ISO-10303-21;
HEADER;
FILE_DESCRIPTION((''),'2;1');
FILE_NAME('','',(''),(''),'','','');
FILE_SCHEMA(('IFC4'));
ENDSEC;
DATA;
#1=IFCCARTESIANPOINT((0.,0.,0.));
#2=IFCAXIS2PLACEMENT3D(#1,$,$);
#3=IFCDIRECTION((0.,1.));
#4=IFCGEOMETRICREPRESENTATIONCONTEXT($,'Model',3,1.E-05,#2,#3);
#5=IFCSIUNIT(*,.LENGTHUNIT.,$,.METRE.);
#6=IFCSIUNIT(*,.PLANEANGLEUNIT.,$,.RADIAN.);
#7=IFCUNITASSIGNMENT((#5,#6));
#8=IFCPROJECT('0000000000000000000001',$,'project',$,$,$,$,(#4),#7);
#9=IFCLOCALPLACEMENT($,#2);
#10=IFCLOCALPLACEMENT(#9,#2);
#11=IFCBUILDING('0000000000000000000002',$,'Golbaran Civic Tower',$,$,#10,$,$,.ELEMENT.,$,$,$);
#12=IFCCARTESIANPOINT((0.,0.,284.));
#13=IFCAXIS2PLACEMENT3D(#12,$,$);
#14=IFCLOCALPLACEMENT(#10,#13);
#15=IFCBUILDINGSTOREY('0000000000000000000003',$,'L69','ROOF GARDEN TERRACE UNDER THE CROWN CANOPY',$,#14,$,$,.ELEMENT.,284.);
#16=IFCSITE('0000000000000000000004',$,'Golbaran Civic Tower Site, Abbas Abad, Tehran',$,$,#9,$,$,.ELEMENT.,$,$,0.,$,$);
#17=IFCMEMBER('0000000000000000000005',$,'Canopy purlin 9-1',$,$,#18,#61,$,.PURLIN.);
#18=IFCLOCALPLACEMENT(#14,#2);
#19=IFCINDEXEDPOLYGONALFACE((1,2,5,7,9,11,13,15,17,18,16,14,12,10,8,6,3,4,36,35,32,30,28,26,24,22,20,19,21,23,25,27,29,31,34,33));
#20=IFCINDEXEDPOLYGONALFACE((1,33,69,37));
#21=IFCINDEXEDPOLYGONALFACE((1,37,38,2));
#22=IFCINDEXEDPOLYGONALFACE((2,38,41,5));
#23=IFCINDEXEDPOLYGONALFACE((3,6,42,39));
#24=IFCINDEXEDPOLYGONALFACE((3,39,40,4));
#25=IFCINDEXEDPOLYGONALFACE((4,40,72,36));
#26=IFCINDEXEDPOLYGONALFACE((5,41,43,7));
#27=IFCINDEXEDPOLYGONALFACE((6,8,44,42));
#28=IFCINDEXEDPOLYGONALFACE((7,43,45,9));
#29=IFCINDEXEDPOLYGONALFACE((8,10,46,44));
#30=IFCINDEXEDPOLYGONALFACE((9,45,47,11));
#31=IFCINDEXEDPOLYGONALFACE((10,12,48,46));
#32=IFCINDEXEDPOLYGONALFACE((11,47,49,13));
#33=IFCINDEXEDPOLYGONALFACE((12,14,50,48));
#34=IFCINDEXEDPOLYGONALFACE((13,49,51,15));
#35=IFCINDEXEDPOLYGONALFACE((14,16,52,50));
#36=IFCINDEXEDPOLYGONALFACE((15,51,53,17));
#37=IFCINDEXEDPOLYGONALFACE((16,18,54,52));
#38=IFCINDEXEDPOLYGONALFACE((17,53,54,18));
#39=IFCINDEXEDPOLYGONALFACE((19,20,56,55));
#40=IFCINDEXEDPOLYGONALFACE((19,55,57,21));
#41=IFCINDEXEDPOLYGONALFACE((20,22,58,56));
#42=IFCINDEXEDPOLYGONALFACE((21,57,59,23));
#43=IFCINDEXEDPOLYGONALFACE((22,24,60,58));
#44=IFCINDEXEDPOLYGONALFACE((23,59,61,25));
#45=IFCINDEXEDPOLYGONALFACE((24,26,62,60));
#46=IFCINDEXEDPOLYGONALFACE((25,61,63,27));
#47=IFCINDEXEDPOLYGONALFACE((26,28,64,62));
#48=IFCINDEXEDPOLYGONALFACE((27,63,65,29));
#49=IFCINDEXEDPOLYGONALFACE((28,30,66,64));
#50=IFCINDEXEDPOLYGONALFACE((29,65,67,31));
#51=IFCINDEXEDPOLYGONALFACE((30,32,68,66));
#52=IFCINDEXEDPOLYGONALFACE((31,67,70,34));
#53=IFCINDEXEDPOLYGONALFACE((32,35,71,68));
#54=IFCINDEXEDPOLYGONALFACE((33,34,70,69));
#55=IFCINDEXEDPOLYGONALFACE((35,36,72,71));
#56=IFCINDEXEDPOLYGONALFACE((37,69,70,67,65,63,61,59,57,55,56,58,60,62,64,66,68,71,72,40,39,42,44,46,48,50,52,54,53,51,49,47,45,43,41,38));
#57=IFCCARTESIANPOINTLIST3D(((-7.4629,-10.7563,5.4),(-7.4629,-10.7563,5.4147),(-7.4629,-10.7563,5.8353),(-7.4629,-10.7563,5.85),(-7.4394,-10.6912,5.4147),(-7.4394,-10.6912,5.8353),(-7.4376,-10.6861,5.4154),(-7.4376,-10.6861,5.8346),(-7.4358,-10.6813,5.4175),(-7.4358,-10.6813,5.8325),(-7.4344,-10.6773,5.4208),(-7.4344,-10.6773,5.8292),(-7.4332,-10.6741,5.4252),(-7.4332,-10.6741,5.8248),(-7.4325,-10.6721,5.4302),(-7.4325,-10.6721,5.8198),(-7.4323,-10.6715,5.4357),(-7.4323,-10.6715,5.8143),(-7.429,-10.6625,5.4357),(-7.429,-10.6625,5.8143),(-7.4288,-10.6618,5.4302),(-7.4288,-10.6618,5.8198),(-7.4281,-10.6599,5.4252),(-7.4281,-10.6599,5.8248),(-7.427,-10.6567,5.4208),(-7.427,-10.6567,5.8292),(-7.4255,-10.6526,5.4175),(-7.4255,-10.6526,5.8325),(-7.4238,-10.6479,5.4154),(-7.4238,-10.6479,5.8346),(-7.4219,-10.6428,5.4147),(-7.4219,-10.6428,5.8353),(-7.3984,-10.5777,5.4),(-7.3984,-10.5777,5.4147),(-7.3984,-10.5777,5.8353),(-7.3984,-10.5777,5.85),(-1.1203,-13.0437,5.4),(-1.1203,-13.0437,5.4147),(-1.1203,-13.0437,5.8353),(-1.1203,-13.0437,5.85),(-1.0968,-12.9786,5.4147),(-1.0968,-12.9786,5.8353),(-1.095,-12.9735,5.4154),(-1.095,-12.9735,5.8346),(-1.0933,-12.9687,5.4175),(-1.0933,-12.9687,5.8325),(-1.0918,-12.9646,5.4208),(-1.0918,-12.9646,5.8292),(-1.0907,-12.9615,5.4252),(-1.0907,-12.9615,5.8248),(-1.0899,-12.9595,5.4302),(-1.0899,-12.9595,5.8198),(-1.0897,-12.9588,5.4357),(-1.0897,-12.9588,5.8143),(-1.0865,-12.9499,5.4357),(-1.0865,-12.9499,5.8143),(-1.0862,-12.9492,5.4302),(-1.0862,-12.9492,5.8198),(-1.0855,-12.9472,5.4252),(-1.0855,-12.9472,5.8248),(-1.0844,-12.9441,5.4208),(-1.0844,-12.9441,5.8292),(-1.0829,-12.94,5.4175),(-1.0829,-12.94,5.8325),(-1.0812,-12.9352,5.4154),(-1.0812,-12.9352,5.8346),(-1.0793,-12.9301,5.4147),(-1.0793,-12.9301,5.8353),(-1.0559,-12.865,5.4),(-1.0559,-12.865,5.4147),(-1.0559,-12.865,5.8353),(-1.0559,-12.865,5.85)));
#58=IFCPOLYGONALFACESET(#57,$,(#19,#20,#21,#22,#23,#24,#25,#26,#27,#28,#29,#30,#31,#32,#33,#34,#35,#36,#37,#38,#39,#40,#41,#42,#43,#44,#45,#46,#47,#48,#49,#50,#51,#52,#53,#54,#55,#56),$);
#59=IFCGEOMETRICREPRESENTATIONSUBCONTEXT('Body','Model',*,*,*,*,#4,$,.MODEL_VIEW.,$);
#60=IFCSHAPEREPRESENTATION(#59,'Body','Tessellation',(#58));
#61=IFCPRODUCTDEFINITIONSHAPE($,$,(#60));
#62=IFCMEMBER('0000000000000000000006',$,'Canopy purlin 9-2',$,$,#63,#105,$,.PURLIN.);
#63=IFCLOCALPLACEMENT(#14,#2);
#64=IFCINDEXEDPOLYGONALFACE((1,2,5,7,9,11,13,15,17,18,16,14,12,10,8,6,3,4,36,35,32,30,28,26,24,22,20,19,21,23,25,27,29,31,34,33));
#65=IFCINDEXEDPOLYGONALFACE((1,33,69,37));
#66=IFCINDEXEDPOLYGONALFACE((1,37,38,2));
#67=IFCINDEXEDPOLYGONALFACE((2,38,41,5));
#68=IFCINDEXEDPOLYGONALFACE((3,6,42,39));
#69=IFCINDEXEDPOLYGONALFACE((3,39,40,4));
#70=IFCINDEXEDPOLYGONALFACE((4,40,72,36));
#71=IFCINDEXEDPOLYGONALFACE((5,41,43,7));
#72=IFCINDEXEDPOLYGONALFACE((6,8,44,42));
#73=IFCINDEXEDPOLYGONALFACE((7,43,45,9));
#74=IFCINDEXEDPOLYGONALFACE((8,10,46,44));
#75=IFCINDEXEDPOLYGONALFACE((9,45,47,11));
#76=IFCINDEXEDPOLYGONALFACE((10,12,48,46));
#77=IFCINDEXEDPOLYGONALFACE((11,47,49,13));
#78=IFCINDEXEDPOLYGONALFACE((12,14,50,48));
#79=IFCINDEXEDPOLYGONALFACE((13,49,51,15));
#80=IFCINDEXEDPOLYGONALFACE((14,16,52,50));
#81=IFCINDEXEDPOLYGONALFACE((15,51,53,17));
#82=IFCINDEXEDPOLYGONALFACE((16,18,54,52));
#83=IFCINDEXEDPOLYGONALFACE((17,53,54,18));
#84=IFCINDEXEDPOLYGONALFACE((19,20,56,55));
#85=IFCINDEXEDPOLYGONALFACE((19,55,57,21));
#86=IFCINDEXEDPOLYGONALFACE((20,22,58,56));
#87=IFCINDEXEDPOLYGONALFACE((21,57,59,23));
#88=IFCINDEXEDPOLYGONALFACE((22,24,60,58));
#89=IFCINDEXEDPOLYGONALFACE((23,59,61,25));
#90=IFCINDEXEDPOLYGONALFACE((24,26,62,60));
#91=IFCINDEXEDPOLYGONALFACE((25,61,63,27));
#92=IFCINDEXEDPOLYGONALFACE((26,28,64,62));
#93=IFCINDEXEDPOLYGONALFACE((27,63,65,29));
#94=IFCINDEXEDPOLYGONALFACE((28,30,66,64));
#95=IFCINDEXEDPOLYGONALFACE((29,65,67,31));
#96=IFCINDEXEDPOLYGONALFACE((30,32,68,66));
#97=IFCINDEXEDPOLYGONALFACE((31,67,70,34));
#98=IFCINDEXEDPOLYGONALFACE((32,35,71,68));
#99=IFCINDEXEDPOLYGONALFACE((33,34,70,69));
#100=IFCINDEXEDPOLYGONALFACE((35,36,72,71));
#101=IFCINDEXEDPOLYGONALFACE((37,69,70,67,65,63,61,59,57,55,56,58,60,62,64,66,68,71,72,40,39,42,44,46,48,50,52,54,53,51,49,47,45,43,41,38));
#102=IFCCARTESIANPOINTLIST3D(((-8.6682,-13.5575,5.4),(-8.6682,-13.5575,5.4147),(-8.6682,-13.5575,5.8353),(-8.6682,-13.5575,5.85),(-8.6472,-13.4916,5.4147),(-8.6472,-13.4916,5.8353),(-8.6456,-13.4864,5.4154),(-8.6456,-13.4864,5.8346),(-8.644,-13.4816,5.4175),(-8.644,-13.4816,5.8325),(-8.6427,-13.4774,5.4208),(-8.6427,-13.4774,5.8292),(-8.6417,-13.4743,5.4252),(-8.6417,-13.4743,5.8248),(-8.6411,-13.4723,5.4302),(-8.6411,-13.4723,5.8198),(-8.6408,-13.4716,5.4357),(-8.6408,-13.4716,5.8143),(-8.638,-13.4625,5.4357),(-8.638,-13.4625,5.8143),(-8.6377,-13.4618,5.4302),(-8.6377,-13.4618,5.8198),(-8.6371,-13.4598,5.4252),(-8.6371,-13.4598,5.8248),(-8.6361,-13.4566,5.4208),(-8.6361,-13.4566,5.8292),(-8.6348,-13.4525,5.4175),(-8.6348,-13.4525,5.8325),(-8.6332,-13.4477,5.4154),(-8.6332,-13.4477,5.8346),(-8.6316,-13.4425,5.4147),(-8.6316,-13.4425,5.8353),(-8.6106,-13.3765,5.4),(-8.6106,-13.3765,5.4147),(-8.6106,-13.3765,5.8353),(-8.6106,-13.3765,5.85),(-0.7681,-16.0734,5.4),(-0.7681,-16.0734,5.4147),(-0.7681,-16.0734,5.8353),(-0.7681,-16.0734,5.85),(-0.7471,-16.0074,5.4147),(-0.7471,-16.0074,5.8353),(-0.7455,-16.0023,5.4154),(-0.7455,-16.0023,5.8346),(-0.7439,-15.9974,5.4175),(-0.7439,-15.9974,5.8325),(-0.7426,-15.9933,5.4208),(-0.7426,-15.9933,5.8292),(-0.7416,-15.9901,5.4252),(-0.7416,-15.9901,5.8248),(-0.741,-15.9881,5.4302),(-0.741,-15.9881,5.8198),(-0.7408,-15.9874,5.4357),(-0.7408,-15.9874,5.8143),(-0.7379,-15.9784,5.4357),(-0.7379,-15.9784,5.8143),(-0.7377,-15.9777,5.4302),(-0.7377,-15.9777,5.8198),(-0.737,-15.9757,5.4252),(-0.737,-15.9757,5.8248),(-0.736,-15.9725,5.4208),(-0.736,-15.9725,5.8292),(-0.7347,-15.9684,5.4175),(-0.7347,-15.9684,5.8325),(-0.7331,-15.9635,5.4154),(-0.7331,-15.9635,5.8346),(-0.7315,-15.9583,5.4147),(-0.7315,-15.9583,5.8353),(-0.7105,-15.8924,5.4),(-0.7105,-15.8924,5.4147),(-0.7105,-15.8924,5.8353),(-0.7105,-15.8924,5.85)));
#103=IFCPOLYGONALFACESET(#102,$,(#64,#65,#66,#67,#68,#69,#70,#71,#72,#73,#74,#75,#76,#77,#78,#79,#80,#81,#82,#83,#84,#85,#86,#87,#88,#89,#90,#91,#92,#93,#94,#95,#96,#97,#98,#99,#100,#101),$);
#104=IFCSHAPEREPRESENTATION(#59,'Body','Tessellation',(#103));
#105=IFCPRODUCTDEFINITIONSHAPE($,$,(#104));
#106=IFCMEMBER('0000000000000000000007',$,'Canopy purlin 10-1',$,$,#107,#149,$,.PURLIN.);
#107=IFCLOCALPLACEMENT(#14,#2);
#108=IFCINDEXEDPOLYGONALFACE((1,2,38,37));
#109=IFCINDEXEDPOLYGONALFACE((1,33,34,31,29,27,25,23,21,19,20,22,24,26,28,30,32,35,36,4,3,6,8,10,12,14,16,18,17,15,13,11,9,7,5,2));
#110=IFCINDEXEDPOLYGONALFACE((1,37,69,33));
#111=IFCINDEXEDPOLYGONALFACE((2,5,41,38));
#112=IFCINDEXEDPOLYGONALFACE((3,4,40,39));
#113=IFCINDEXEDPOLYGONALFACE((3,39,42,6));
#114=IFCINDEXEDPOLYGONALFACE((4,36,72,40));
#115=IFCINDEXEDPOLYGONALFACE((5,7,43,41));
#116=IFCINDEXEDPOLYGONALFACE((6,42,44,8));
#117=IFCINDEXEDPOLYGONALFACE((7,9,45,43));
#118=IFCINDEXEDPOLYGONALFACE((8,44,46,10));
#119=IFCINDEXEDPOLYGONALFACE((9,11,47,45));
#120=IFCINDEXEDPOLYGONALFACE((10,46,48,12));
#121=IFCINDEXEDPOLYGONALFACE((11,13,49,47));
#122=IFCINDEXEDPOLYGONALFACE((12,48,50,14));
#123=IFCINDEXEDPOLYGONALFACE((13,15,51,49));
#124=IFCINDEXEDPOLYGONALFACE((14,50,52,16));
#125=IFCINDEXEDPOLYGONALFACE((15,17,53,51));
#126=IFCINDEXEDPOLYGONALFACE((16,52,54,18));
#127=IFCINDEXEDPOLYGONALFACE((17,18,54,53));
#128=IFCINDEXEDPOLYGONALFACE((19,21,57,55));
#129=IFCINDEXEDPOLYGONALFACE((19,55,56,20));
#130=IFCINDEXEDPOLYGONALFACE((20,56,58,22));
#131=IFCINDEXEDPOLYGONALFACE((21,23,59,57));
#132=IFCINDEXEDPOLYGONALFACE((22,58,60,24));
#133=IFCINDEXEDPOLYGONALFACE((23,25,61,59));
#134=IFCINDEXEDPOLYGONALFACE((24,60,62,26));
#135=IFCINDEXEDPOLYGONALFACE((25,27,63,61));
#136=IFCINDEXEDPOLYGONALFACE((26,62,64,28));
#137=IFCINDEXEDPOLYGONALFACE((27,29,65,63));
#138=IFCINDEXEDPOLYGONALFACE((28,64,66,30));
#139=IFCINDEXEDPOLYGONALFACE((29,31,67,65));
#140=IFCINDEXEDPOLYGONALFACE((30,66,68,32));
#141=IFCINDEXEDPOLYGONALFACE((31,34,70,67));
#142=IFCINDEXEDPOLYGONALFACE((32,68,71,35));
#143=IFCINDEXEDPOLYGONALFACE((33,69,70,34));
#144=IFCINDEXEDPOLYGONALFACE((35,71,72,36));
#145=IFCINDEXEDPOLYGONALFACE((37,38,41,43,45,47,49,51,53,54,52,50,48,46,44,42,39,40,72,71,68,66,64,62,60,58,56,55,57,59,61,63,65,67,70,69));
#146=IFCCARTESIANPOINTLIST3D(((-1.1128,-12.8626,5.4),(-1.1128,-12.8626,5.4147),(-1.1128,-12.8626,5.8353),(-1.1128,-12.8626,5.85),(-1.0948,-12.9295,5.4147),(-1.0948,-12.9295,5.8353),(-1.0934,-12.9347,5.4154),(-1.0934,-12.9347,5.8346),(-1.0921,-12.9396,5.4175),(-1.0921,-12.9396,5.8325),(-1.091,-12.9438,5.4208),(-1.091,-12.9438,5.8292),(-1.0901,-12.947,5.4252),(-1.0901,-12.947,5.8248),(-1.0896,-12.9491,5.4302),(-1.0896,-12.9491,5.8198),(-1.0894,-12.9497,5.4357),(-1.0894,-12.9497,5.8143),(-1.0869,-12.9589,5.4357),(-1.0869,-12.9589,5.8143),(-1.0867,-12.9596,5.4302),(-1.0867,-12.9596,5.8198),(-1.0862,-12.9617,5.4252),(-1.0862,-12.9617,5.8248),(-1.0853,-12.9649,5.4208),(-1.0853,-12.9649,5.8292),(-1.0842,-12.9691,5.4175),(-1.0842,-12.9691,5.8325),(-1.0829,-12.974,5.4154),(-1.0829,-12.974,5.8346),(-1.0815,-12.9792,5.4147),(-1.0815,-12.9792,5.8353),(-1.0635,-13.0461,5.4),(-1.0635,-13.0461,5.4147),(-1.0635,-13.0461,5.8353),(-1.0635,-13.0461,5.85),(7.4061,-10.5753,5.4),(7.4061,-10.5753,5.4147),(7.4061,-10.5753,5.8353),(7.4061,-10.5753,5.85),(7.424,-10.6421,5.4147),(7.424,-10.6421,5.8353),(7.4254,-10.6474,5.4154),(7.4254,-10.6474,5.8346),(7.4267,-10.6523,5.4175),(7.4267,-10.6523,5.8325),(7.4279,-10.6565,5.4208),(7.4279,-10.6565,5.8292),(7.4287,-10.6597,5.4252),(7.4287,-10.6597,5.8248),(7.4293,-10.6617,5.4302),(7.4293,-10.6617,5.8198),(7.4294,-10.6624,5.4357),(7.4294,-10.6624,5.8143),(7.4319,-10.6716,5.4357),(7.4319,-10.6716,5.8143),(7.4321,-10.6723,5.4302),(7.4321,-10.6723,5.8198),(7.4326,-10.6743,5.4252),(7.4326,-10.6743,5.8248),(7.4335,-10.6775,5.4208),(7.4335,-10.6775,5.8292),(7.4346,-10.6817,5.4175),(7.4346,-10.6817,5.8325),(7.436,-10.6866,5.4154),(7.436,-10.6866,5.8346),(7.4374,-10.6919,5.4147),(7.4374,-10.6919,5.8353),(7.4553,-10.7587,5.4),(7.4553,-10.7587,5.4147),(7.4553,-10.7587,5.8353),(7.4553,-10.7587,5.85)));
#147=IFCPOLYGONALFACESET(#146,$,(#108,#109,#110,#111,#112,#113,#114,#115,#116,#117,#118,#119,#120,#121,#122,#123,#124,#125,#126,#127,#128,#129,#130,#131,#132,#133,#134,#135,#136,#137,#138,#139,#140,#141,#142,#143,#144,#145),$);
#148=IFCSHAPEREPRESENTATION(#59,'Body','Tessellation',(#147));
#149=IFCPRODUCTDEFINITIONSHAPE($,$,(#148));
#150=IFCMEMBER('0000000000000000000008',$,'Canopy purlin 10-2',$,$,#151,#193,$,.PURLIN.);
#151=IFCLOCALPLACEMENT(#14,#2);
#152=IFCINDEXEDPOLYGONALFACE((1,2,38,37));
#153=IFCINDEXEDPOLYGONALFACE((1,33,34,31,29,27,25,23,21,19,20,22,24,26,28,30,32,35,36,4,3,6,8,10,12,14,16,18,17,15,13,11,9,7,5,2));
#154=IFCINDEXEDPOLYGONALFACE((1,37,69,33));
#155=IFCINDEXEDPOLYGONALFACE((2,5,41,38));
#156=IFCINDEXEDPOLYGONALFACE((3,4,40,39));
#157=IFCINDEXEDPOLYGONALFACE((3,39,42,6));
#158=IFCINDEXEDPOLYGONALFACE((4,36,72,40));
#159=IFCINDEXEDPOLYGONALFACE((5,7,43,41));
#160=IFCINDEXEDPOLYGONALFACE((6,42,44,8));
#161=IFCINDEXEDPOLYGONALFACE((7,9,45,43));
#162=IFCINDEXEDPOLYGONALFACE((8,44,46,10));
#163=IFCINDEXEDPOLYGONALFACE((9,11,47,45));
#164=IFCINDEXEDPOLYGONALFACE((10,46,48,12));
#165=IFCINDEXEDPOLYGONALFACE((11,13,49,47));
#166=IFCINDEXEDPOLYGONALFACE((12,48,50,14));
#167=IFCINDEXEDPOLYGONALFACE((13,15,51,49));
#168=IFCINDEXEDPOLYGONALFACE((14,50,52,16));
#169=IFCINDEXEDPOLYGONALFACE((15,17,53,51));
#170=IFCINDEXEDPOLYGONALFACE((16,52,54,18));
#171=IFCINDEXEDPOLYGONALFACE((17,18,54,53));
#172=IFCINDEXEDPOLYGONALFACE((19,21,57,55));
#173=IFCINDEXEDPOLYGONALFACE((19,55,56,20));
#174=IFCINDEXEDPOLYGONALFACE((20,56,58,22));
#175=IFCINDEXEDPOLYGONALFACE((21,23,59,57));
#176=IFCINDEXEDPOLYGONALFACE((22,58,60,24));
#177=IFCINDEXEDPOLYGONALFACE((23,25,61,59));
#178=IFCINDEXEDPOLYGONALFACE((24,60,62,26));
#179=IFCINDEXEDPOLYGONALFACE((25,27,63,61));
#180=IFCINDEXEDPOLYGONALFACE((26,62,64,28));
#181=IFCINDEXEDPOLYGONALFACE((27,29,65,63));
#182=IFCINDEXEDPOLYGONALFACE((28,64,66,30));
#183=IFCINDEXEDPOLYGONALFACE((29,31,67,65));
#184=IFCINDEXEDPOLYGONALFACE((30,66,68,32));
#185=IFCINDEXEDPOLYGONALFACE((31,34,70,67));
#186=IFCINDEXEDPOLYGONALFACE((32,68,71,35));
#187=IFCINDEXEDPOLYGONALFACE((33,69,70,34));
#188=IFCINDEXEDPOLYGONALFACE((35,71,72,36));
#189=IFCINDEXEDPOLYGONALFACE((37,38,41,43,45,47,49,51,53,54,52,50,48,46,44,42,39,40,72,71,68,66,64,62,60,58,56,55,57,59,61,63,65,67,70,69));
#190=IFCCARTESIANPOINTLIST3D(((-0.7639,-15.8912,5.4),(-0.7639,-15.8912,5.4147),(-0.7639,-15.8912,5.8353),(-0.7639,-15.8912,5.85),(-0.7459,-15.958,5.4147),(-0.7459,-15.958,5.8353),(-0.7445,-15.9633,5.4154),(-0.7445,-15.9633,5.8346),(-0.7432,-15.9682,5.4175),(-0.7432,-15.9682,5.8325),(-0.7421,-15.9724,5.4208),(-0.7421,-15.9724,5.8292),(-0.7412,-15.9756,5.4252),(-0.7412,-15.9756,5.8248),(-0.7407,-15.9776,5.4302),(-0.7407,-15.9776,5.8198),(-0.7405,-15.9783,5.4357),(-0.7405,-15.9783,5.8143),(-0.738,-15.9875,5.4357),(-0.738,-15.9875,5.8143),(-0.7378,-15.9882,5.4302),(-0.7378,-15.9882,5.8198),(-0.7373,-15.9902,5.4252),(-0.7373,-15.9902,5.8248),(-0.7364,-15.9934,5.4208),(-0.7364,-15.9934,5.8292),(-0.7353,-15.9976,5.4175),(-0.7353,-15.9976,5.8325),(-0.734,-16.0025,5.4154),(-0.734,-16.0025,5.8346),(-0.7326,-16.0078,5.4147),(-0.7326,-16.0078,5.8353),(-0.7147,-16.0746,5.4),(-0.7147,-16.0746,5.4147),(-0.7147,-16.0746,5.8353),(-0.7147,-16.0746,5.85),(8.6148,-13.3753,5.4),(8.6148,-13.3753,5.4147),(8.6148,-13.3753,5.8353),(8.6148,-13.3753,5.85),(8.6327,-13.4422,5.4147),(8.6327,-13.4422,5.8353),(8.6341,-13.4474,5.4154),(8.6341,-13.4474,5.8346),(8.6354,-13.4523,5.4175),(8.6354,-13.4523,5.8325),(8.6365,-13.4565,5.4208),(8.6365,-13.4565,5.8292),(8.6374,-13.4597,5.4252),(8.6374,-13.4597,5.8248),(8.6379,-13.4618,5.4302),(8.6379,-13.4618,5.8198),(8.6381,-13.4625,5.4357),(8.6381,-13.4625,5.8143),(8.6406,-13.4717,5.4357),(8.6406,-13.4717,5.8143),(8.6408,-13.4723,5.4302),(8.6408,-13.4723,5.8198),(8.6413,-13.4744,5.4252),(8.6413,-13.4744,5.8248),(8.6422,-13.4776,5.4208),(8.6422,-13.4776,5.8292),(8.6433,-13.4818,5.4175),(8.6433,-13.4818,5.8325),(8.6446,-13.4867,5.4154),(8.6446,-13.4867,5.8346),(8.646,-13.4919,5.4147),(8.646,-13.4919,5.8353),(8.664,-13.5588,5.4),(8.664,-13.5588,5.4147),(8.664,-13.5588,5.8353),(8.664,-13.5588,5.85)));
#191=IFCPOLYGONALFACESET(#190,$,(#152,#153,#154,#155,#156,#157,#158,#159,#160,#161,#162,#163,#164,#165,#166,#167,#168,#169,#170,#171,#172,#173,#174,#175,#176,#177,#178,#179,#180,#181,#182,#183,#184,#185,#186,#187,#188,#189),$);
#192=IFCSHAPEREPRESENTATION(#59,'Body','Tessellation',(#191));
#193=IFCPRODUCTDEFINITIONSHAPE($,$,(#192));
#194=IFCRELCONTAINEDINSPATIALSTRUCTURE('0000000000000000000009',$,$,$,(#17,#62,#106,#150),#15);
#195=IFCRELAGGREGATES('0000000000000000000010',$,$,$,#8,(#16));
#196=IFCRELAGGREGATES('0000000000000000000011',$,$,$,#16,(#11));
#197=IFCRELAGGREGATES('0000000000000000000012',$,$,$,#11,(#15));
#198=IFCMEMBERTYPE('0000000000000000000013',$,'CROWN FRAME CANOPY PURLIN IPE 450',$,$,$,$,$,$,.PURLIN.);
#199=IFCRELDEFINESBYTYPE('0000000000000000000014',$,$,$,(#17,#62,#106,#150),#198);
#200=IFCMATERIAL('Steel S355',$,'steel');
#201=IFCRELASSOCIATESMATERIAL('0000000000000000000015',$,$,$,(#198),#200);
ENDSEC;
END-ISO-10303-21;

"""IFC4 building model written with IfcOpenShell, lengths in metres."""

from ifc_helpers import new_model, si_unit, direction, frame, origin, origin_2d, place, context, subcontext, project, spatial, i_section, extrude, material, material_profile, profile_set, type_object, element, save


model = new_model("IFC4")

# Units and contexts
model_context = context("Model", 3, precision=1e-05, world=origin(), true_north=direction((0.0, 1.0)))
body_context = subcontext(model_context, "Body", "Model", "MODEL_VIEW")
ifc_project = project(units=[si_unit("LENGTHUNIT", "METRE"), si_unit("PLANEANGLEUNIT", "RADIAN")], contexts=[model_context])

# Site, building, storey
site_placement = place(None, origin())
site = spatial("IfcSite", under=ifc_project, at=site_placement, Name="Golbaran Civic Tower Site, Abbas Abad, Tehran", CompositionType="ELEMENT", RefElevation=0.0)
building_placement = place(site_placement, origin())
building = spatial("IfcBuilding", under=site, at=building_placement, Name="Golbaran Civic Tower", CompositionType="ELEMENT")
storey_placement = place(building_placement, frame((0.0, 0.0, 284.0)))
storey = spatial("IfcBuildingStorey", under=building, at=storey_placement, Name="L69", Description="ROOF GARDEN TERRACE UNDER THE CROWN CANOPY", CompositionType="ELEMENT", Elevation=284.0)

# Members
ifc_material_1 = material(Name="Steel S355", Category="steel")
ifc_material_profile_1 = material_profile(ifc_material_1, i_section(OverallWidth=0.1899, OverallDepth=0.45, WebThickness=0.0095, FlangeThickness=0.0146, FilletRadius=0.021, at=origin_2d()), Name="IPE 450")
ifc_profile_set_1 = profile_set([ifc_material_profile_1], Name="Steel S355")
member_type = type_object("IfcMemberType", Name="CROWN FRAME CANOPY PURLIN IPE 450", PredefinedType="PURLIN", material=ifc_profile_set_1)
member_1_placement = place(storey_placement, frame((-7.4307, -10.667, 5.625), z_axis=(0.940696, -0.33925, 0.0), x_axis=(0.33925, 0.940696, 0.0)))
element("IfcMember", 1, at=member_1_placement, inside=storey, type_object=member_type, Name="Canopy purlin 9-1", PredefinedType="PURLIN", context=body_context, shape_type="SweptSolid", body=[
    extrude(i_section(OverallWidth=0.1899, OverallDepth=0.45, WebThickness=0.0095, FlangeThickness=0.0146, FilletRadius=0.021, at=origin_2d()), origin(), (0.0, 0.0, 1.0), 6.7424),
])
member_2_placement = place(storey_placement, frame((-8.6394, -13.467, 5.625), z_axis=(0.95285, -0.303443, 0.0), x_axis=(0.303443, 0.95285, 0.0)))
element("IfcMember", 2, at=member_2_placement, inside=storey, type_object=member_type, Name="Canopy purlin 9-2", PredefinedType="PURLIN", context=body_context, shape_type="SweptSolid", body=[
    extrude(i_section(OverallWidth=0.1899, OverallDepth=0.45, WebThickness=0.0095, FlangeThickness=0.0146, FilletRadius=0.021, at=origin_2d()), origin(), (0.0, 0.0, 1.0), 8.291),
])
member_3_placement = place(storey_placement, frame((-1.0881, -12.9543, 5.625), z_axis=(0.965791, 0.259321, 0.0), x_axis=(-0.259321, 0.965791, 0.0)))
element("IfcMember", 3, at=member_3_placement, inside=storey, type_object=member_type, Name="Canopy purlin 10-1", PredefinedType="PURLIN", context=body_context, shape_type="SweptSolid", body=[
    extrude(i_section(OverallWidth=0.1899, OverallDepth=0.45, WebThickness=0.0095, FlangeThickness=0.0146, FilletRadius=0.021, at=origin_2d()), origin(), (0.0, 0.0, 1.0), 8.8206),
])
member_4_placement = place(storey_placement, frame((-0.7393, -15.9829, 5.625), z_axis=(0.965852, 0.259094, 0.0), x_axis=(-0.259094, 0.965852, 0.0)))
element("IfcMember", 4, at=member_4_placement, inside=storey, type_object=member_type, Name="Canopy purlin 10-2", PredefinedType="PURLIN", context=body_context, shape_type="SweptSolid", body=[
    extrude(i_section(OverallWidth=0.1899, OverallDepth=0.45, WebThickness=0.0095, FlangeThickness=0.0146, FilletRadius=0.021, at=origin_2d()), origin(), (0.0, 0.0, 1.0), 9.7102),
])

save(model, "model.ifc")
